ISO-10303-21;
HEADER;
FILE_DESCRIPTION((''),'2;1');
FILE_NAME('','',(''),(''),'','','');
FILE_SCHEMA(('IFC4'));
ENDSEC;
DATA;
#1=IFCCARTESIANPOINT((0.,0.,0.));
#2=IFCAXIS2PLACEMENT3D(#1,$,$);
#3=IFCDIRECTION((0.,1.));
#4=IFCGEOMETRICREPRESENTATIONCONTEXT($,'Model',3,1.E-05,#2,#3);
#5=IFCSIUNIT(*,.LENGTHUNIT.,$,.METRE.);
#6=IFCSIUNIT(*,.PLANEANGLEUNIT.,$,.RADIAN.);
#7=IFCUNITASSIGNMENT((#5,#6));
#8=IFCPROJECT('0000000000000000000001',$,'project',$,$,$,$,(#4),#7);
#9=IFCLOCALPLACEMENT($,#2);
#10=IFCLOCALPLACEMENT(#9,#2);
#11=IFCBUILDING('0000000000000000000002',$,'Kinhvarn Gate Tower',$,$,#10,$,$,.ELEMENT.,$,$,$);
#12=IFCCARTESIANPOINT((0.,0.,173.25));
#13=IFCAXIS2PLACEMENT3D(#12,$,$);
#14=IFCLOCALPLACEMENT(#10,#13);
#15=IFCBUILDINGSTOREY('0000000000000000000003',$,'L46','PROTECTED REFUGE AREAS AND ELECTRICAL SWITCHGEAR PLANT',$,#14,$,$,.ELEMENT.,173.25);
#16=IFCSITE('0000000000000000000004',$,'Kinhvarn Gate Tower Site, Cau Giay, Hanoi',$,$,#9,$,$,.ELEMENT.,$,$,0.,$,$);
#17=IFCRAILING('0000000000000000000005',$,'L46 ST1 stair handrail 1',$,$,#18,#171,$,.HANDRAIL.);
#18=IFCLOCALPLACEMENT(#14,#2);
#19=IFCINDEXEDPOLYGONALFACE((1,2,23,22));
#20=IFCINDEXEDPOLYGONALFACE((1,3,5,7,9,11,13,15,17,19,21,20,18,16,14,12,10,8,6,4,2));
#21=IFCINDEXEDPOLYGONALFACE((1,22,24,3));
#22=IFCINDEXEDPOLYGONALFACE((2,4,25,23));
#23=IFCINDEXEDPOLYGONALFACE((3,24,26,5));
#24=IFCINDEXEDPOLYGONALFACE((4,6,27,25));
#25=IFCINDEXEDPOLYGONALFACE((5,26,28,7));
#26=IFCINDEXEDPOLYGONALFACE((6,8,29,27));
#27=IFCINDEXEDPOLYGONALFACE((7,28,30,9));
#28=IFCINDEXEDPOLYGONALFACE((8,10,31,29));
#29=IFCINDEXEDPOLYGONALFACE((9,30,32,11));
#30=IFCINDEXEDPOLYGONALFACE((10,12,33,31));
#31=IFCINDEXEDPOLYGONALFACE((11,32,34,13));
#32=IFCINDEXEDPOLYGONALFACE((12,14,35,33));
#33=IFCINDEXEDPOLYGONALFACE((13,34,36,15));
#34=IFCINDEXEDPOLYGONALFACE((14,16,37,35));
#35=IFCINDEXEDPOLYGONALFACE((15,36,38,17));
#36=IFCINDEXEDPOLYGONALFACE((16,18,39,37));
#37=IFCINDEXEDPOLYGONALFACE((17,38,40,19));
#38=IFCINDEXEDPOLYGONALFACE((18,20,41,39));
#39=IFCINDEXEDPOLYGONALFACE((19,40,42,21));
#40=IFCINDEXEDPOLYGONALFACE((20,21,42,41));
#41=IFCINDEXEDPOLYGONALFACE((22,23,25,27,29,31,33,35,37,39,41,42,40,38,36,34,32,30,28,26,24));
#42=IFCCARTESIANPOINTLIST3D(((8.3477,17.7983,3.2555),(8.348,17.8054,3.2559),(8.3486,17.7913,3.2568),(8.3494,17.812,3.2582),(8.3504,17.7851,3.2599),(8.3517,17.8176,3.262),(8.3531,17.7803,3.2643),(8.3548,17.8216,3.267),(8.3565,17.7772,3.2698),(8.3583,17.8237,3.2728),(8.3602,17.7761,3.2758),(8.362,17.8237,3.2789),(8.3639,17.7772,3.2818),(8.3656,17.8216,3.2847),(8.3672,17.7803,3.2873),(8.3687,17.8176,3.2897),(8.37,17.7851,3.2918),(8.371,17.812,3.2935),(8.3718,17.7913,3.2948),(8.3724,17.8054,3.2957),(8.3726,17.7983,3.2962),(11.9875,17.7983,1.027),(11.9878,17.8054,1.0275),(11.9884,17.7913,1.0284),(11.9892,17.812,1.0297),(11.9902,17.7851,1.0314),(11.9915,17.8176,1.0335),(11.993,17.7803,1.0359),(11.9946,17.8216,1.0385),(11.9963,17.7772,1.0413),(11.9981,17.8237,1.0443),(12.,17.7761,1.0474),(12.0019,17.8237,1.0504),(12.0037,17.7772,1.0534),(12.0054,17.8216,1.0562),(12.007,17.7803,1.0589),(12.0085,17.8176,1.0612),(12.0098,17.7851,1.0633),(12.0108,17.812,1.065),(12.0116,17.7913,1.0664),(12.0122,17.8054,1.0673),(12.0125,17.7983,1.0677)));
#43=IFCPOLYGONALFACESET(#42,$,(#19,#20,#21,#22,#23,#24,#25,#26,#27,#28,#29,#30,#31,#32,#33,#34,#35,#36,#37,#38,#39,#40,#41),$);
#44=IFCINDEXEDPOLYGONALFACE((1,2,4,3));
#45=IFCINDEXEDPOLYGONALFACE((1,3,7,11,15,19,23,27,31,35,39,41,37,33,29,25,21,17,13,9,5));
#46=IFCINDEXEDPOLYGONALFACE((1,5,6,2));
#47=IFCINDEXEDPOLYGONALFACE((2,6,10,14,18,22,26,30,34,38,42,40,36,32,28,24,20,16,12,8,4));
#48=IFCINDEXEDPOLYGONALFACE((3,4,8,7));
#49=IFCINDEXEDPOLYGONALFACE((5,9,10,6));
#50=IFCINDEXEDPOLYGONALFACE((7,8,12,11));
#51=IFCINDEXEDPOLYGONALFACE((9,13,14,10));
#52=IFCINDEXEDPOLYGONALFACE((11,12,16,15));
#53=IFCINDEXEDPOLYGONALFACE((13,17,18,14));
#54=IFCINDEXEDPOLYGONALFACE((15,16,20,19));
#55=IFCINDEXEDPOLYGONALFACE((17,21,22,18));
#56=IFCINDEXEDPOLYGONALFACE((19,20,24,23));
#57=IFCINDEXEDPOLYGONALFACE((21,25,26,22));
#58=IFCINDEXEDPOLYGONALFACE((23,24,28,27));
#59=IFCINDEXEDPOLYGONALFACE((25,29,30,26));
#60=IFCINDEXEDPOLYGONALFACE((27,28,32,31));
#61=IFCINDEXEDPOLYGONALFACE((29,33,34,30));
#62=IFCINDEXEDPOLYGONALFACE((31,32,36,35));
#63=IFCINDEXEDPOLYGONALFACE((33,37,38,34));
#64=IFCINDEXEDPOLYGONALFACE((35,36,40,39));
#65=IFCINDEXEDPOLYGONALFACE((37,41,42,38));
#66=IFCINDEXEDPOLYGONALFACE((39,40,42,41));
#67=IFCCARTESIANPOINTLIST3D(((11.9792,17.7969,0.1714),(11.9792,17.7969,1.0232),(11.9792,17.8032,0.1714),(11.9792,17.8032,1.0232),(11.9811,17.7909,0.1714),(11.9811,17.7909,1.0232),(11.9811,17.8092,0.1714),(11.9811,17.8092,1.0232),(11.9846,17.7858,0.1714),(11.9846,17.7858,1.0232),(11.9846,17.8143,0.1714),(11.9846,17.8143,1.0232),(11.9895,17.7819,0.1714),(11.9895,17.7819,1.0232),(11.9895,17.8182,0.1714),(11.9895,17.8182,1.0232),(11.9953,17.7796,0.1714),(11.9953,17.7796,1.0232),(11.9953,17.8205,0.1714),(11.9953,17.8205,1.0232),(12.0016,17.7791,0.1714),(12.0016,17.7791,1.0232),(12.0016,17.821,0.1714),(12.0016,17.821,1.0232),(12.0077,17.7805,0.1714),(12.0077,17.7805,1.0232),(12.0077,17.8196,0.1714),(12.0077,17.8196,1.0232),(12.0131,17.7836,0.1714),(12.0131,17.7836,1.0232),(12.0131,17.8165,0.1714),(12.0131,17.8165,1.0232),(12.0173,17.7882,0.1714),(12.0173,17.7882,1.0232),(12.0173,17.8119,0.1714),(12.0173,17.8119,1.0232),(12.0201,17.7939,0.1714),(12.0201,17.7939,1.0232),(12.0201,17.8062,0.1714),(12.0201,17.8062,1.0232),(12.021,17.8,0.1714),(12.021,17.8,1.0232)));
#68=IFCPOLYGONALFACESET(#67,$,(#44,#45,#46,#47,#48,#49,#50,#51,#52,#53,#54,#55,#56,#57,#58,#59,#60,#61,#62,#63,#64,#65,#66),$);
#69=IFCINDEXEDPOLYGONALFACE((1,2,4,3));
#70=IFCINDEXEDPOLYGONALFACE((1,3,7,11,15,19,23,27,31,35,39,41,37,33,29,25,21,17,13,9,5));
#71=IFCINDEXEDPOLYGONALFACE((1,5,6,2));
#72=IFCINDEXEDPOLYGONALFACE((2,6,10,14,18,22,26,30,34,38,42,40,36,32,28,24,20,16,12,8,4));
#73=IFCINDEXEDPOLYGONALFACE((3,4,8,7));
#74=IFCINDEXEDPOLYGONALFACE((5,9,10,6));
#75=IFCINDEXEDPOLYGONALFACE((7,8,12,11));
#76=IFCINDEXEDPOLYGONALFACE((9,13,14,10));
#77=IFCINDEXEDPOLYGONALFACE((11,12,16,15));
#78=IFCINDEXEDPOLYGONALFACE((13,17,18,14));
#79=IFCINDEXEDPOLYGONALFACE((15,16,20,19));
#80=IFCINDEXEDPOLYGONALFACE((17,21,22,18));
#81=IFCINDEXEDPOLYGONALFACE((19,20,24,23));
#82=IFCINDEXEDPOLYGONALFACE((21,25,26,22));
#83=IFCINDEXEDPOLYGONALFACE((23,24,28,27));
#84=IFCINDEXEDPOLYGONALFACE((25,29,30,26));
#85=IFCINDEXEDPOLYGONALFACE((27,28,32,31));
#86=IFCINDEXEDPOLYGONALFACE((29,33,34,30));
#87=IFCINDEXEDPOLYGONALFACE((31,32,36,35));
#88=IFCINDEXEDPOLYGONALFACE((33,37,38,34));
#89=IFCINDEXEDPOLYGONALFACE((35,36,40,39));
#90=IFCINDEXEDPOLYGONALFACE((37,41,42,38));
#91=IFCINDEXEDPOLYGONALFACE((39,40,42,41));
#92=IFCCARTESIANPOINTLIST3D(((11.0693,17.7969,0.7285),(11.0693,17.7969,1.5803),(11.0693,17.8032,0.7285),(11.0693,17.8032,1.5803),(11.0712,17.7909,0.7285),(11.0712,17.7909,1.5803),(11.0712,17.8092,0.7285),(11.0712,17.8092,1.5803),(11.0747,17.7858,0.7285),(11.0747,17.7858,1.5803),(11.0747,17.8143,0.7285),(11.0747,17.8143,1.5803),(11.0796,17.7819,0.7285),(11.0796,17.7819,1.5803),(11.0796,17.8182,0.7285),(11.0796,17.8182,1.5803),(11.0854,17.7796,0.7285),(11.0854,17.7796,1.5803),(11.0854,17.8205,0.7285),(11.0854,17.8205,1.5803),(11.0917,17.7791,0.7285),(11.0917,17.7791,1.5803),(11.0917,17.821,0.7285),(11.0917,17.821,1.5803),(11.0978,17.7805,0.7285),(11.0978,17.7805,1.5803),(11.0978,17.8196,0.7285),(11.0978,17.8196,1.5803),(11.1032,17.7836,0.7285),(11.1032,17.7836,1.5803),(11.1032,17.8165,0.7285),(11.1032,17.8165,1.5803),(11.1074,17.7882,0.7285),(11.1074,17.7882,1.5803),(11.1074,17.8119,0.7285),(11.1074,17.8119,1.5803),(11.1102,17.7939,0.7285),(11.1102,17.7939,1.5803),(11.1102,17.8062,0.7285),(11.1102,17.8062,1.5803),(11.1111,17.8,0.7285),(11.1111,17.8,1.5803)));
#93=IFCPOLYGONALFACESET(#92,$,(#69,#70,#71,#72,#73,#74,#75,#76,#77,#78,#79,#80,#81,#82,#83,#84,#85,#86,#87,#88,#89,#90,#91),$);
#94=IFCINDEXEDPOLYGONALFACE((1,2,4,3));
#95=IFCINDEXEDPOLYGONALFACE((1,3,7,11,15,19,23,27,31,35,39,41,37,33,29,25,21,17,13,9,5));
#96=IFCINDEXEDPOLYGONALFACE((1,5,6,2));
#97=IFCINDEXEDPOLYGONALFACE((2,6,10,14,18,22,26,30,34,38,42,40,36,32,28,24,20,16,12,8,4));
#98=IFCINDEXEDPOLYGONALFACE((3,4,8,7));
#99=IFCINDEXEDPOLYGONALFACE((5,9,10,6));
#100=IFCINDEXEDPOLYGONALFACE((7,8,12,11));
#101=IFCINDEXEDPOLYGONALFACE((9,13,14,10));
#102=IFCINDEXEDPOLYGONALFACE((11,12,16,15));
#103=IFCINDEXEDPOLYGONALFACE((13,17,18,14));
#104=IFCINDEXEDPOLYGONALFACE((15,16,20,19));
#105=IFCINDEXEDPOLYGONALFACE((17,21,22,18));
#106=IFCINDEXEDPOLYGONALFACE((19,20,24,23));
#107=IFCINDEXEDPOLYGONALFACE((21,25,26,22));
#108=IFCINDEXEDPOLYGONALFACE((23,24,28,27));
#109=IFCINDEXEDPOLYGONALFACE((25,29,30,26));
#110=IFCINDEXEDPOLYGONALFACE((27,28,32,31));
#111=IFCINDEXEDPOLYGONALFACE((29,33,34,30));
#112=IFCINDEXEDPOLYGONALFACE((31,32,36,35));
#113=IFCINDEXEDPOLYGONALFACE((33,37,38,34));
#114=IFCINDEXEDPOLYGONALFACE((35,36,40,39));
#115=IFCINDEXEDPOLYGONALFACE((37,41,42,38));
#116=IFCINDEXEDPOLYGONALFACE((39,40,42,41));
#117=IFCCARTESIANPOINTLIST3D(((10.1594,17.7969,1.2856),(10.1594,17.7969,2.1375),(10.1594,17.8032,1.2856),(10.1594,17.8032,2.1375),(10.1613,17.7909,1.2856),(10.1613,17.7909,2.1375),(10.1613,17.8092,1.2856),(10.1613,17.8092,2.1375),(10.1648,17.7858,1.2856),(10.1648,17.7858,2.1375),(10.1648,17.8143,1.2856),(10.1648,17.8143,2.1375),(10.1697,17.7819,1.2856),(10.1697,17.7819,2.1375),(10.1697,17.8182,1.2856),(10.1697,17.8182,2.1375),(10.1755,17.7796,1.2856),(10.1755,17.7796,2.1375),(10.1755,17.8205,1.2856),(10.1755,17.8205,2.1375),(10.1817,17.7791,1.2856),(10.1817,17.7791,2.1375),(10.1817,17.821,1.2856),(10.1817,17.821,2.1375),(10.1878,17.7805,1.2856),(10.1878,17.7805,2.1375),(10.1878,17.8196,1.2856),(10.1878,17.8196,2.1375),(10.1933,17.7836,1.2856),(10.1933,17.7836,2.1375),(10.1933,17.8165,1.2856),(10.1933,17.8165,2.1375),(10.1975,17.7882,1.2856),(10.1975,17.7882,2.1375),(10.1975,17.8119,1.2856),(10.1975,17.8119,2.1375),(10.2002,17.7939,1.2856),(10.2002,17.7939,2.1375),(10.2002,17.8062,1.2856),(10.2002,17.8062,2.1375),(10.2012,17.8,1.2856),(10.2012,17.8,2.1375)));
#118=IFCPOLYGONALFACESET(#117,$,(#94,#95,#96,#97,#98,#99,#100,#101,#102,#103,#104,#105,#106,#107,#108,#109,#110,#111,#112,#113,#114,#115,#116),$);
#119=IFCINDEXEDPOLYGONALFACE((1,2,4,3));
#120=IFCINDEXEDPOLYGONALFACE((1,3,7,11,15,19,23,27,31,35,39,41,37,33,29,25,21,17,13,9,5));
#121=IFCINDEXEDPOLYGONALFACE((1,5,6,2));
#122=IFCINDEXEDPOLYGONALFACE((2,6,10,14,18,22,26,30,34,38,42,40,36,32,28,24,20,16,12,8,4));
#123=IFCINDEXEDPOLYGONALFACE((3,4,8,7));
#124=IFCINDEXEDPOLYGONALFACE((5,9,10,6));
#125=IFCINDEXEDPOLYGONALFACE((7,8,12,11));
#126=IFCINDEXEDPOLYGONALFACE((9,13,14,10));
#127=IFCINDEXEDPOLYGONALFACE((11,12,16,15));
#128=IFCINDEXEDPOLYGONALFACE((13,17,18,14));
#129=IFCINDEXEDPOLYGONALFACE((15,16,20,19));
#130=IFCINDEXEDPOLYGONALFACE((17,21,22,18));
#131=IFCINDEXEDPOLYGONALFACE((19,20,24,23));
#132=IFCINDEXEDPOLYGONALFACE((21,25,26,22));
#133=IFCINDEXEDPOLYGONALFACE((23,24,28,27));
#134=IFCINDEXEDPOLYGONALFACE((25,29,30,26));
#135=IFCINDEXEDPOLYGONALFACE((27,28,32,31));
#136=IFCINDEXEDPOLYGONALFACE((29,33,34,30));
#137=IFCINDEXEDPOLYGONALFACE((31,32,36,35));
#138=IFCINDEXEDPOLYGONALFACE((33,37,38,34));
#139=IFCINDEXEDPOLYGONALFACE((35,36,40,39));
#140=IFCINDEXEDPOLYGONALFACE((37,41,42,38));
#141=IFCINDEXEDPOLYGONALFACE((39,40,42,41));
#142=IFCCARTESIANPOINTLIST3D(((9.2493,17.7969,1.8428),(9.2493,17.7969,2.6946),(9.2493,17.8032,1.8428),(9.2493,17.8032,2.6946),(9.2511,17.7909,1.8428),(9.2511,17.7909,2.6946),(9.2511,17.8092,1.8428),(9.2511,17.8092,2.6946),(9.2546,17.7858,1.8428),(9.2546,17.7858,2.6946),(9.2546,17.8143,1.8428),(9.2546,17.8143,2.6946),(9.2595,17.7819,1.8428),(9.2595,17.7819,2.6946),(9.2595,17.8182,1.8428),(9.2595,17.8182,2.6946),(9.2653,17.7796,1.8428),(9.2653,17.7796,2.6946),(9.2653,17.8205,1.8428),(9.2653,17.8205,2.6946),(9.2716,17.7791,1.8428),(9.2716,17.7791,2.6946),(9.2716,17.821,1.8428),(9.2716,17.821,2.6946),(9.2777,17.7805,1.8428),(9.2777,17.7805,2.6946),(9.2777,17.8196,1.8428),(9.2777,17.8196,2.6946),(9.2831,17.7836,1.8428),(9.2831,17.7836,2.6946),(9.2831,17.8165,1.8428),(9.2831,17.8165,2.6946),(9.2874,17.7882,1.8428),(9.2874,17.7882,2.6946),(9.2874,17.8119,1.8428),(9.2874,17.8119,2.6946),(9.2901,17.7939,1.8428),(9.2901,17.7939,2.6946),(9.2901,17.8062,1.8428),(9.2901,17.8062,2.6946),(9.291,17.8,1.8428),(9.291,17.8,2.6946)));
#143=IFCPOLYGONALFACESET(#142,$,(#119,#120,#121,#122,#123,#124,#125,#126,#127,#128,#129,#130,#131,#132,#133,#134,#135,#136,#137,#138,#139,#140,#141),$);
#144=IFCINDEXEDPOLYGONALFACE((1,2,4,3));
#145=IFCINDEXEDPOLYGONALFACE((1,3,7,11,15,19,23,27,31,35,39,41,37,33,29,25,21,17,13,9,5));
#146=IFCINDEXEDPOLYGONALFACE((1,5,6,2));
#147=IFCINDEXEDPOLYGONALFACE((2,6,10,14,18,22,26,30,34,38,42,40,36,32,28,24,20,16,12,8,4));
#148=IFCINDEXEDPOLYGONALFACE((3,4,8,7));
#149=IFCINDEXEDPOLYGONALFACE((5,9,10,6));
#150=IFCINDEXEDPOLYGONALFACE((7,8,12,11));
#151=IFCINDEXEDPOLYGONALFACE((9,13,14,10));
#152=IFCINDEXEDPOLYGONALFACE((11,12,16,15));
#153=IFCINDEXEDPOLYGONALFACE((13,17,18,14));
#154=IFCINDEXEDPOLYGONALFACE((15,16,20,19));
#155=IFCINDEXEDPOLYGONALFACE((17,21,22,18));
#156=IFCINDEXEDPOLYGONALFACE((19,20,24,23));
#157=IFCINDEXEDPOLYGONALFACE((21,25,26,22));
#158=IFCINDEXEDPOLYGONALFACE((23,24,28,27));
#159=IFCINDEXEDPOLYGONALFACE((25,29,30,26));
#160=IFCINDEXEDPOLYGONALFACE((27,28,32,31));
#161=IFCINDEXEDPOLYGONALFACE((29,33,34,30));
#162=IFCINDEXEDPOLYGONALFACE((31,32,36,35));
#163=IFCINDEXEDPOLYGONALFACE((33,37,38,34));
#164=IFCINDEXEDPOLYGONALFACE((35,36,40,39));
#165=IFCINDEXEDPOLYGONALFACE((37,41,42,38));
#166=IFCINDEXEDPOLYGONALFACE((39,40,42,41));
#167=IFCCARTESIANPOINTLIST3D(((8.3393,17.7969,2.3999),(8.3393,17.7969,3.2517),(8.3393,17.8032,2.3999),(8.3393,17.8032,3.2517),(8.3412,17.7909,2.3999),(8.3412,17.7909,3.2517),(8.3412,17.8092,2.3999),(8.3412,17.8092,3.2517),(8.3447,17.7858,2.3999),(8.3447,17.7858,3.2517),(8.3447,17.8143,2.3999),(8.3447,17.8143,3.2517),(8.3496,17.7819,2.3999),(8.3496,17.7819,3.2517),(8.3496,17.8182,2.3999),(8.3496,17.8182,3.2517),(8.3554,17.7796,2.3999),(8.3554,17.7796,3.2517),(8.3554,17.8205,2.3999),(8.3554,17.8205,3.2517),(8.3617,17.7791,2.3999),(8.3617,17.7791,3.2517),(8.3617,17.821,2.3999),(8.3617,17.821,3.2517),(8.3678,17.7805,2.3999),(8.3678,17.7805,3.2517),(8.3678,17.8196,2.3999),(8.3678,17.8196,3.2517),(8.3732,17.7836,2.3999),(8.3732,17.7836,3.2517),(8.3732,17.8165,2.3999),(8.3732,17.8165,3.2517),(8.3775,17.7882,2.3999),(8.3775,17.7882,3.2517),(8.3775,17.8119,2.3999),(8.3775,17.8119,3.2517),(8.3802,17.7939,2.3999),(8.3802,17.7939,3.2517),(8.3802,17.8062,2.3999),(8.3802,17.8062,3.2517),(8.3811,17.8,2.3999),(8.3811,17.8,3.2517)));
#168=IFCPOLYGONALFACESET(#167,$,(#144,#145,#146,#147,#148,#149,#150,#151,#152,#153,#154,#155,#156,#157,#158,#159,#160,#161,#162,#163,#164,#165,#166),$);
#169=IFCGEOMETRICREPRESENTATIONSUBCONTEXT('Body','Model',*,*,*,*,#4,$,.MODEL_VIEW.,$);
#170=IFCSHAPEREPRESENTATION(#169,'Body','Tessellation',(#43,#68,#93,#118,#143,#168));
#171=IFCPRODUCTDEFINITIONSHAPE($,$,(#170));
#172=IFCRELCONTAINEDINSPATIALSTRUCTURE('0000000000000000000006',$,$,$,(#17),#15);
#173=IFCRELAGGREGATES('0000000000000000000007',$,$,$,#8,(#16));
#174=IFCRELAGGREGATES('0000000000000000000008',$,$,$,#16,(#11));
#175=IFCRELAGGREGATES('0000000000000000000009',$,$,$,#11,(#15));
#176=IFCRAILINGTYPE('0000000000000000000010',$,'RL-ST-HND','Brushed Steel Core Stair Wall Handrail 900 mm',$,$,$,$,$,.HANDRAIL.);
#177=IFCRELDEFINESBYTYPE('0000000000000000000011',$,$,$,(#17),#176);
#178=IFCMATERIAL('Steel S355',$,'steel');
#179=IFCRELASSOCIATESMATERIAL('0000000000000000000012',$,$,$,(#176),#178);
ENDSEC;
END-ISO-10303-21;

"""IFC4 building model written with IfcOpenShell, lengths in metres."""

from ifc_helpers import new_model, si_unit, direction, frame, origin, origin_2d, place, context, subcontext, project, spatial, circle, extrude, material, type_object, element, save


model = new_model("IFC4")

# Units and contexts
model_context = context("Model", 3, precision=1e-05, world=origin(), true_north=direction((0.0, 1.0)))
body_context = subcontext(model_context, "Body", "Model", "MODEL_VIEW")
ifc_project = project(units=[si_unit("LENGTHUNIT", "METRE"), si_unit("PLANEANGLEUNIT", "RADIAN")], contexts=[model_context])

# Site, building, storey
site_placement = place(None, origin())
site = spatial("IfcSite", under=ifc_project, at=site_placement, Name="Kinhvarn Gate Tower Site, Cau Giay, Hanoi", CompositionType="ELEMENT", RefElevation=0.0)
building_placement = place(site_placement, origin())
building = spatial("IfcBuilding", under=site, at=building_placement, Name="Kinhvarn Gate Tower", CompositionType="ELEMENT")
storey_placement = place(building_placement, frame((0.0, 0.0, 173.25)))
storey = spatial("IfcBuildingStorey", under=building, at=storey_placement, Name="L46", Description="PROTECTED REFUGE AREAS AND ELECTRICAL SWITCHGEAR PLANT", CompositionType="ELEMENT", Elevation=173.25)

# Shared definitions
ifc_material_1 = material(Name="Steel S355", Category="steel")

# Railing
railing_type_1 = type_object("IfcRailingType", Name="RL-ST-HND", Description="Brushed Steel Core Stair Wall Handrail 900 mm", PredefinedType="HANDRAIL", material=ifc_material_1)
railing_1_placement = place(storey_placement, frame((12.0, 17.8, 0.1714)))
element("IfcRailing", 1, at=railing_1_placement, inside=storey, type_object=railing_type_1, Name="L46 ST1 stair handrail 1", PredefinedType="HANDRAIL", context=body_context, shape_type="SweptSolid", body=[
    extrude(circle(Radius=0.0239, at=origin_2d()), frame((0.0, 0.0, 0.876), z_axis=(-0.85285, 0.0, 0.522156), x_axis=(0.0, -1.0, 0.0)), (0.0, 0.0, 1.0), 4.2678),
    extrude(circle(Radius=0.021, at=origin_2d()), origin(), (0.0, 0.0, 1.0), 0.8518),
    extrude(circle(Radius=0.021, at=origin_2d()), frame((-0.9099, 0.0, 0.5571)), (0.0, 0.0, 1.0), 0.8518),
    extrude(circle(Radius=0.021, at=origin_2d()), frame((-1.8198, 0.0, 1.1143)), (0.0, 0.0, 1.0), 0.8518),
    extrude(circle(Radius=0.021, at=origin_2d()), frame((-2.73, 0.0, 1.6714)), (0.0, 0.0, 1.0), 0.8518),
    extrude(circle(Radius=0.021, at=origin_2d()), frame((-3.6399, 0.0, 2.2285)), (0.0, 0.0, 1.0), 0.8518),
])

save(model, "model.ifc")
